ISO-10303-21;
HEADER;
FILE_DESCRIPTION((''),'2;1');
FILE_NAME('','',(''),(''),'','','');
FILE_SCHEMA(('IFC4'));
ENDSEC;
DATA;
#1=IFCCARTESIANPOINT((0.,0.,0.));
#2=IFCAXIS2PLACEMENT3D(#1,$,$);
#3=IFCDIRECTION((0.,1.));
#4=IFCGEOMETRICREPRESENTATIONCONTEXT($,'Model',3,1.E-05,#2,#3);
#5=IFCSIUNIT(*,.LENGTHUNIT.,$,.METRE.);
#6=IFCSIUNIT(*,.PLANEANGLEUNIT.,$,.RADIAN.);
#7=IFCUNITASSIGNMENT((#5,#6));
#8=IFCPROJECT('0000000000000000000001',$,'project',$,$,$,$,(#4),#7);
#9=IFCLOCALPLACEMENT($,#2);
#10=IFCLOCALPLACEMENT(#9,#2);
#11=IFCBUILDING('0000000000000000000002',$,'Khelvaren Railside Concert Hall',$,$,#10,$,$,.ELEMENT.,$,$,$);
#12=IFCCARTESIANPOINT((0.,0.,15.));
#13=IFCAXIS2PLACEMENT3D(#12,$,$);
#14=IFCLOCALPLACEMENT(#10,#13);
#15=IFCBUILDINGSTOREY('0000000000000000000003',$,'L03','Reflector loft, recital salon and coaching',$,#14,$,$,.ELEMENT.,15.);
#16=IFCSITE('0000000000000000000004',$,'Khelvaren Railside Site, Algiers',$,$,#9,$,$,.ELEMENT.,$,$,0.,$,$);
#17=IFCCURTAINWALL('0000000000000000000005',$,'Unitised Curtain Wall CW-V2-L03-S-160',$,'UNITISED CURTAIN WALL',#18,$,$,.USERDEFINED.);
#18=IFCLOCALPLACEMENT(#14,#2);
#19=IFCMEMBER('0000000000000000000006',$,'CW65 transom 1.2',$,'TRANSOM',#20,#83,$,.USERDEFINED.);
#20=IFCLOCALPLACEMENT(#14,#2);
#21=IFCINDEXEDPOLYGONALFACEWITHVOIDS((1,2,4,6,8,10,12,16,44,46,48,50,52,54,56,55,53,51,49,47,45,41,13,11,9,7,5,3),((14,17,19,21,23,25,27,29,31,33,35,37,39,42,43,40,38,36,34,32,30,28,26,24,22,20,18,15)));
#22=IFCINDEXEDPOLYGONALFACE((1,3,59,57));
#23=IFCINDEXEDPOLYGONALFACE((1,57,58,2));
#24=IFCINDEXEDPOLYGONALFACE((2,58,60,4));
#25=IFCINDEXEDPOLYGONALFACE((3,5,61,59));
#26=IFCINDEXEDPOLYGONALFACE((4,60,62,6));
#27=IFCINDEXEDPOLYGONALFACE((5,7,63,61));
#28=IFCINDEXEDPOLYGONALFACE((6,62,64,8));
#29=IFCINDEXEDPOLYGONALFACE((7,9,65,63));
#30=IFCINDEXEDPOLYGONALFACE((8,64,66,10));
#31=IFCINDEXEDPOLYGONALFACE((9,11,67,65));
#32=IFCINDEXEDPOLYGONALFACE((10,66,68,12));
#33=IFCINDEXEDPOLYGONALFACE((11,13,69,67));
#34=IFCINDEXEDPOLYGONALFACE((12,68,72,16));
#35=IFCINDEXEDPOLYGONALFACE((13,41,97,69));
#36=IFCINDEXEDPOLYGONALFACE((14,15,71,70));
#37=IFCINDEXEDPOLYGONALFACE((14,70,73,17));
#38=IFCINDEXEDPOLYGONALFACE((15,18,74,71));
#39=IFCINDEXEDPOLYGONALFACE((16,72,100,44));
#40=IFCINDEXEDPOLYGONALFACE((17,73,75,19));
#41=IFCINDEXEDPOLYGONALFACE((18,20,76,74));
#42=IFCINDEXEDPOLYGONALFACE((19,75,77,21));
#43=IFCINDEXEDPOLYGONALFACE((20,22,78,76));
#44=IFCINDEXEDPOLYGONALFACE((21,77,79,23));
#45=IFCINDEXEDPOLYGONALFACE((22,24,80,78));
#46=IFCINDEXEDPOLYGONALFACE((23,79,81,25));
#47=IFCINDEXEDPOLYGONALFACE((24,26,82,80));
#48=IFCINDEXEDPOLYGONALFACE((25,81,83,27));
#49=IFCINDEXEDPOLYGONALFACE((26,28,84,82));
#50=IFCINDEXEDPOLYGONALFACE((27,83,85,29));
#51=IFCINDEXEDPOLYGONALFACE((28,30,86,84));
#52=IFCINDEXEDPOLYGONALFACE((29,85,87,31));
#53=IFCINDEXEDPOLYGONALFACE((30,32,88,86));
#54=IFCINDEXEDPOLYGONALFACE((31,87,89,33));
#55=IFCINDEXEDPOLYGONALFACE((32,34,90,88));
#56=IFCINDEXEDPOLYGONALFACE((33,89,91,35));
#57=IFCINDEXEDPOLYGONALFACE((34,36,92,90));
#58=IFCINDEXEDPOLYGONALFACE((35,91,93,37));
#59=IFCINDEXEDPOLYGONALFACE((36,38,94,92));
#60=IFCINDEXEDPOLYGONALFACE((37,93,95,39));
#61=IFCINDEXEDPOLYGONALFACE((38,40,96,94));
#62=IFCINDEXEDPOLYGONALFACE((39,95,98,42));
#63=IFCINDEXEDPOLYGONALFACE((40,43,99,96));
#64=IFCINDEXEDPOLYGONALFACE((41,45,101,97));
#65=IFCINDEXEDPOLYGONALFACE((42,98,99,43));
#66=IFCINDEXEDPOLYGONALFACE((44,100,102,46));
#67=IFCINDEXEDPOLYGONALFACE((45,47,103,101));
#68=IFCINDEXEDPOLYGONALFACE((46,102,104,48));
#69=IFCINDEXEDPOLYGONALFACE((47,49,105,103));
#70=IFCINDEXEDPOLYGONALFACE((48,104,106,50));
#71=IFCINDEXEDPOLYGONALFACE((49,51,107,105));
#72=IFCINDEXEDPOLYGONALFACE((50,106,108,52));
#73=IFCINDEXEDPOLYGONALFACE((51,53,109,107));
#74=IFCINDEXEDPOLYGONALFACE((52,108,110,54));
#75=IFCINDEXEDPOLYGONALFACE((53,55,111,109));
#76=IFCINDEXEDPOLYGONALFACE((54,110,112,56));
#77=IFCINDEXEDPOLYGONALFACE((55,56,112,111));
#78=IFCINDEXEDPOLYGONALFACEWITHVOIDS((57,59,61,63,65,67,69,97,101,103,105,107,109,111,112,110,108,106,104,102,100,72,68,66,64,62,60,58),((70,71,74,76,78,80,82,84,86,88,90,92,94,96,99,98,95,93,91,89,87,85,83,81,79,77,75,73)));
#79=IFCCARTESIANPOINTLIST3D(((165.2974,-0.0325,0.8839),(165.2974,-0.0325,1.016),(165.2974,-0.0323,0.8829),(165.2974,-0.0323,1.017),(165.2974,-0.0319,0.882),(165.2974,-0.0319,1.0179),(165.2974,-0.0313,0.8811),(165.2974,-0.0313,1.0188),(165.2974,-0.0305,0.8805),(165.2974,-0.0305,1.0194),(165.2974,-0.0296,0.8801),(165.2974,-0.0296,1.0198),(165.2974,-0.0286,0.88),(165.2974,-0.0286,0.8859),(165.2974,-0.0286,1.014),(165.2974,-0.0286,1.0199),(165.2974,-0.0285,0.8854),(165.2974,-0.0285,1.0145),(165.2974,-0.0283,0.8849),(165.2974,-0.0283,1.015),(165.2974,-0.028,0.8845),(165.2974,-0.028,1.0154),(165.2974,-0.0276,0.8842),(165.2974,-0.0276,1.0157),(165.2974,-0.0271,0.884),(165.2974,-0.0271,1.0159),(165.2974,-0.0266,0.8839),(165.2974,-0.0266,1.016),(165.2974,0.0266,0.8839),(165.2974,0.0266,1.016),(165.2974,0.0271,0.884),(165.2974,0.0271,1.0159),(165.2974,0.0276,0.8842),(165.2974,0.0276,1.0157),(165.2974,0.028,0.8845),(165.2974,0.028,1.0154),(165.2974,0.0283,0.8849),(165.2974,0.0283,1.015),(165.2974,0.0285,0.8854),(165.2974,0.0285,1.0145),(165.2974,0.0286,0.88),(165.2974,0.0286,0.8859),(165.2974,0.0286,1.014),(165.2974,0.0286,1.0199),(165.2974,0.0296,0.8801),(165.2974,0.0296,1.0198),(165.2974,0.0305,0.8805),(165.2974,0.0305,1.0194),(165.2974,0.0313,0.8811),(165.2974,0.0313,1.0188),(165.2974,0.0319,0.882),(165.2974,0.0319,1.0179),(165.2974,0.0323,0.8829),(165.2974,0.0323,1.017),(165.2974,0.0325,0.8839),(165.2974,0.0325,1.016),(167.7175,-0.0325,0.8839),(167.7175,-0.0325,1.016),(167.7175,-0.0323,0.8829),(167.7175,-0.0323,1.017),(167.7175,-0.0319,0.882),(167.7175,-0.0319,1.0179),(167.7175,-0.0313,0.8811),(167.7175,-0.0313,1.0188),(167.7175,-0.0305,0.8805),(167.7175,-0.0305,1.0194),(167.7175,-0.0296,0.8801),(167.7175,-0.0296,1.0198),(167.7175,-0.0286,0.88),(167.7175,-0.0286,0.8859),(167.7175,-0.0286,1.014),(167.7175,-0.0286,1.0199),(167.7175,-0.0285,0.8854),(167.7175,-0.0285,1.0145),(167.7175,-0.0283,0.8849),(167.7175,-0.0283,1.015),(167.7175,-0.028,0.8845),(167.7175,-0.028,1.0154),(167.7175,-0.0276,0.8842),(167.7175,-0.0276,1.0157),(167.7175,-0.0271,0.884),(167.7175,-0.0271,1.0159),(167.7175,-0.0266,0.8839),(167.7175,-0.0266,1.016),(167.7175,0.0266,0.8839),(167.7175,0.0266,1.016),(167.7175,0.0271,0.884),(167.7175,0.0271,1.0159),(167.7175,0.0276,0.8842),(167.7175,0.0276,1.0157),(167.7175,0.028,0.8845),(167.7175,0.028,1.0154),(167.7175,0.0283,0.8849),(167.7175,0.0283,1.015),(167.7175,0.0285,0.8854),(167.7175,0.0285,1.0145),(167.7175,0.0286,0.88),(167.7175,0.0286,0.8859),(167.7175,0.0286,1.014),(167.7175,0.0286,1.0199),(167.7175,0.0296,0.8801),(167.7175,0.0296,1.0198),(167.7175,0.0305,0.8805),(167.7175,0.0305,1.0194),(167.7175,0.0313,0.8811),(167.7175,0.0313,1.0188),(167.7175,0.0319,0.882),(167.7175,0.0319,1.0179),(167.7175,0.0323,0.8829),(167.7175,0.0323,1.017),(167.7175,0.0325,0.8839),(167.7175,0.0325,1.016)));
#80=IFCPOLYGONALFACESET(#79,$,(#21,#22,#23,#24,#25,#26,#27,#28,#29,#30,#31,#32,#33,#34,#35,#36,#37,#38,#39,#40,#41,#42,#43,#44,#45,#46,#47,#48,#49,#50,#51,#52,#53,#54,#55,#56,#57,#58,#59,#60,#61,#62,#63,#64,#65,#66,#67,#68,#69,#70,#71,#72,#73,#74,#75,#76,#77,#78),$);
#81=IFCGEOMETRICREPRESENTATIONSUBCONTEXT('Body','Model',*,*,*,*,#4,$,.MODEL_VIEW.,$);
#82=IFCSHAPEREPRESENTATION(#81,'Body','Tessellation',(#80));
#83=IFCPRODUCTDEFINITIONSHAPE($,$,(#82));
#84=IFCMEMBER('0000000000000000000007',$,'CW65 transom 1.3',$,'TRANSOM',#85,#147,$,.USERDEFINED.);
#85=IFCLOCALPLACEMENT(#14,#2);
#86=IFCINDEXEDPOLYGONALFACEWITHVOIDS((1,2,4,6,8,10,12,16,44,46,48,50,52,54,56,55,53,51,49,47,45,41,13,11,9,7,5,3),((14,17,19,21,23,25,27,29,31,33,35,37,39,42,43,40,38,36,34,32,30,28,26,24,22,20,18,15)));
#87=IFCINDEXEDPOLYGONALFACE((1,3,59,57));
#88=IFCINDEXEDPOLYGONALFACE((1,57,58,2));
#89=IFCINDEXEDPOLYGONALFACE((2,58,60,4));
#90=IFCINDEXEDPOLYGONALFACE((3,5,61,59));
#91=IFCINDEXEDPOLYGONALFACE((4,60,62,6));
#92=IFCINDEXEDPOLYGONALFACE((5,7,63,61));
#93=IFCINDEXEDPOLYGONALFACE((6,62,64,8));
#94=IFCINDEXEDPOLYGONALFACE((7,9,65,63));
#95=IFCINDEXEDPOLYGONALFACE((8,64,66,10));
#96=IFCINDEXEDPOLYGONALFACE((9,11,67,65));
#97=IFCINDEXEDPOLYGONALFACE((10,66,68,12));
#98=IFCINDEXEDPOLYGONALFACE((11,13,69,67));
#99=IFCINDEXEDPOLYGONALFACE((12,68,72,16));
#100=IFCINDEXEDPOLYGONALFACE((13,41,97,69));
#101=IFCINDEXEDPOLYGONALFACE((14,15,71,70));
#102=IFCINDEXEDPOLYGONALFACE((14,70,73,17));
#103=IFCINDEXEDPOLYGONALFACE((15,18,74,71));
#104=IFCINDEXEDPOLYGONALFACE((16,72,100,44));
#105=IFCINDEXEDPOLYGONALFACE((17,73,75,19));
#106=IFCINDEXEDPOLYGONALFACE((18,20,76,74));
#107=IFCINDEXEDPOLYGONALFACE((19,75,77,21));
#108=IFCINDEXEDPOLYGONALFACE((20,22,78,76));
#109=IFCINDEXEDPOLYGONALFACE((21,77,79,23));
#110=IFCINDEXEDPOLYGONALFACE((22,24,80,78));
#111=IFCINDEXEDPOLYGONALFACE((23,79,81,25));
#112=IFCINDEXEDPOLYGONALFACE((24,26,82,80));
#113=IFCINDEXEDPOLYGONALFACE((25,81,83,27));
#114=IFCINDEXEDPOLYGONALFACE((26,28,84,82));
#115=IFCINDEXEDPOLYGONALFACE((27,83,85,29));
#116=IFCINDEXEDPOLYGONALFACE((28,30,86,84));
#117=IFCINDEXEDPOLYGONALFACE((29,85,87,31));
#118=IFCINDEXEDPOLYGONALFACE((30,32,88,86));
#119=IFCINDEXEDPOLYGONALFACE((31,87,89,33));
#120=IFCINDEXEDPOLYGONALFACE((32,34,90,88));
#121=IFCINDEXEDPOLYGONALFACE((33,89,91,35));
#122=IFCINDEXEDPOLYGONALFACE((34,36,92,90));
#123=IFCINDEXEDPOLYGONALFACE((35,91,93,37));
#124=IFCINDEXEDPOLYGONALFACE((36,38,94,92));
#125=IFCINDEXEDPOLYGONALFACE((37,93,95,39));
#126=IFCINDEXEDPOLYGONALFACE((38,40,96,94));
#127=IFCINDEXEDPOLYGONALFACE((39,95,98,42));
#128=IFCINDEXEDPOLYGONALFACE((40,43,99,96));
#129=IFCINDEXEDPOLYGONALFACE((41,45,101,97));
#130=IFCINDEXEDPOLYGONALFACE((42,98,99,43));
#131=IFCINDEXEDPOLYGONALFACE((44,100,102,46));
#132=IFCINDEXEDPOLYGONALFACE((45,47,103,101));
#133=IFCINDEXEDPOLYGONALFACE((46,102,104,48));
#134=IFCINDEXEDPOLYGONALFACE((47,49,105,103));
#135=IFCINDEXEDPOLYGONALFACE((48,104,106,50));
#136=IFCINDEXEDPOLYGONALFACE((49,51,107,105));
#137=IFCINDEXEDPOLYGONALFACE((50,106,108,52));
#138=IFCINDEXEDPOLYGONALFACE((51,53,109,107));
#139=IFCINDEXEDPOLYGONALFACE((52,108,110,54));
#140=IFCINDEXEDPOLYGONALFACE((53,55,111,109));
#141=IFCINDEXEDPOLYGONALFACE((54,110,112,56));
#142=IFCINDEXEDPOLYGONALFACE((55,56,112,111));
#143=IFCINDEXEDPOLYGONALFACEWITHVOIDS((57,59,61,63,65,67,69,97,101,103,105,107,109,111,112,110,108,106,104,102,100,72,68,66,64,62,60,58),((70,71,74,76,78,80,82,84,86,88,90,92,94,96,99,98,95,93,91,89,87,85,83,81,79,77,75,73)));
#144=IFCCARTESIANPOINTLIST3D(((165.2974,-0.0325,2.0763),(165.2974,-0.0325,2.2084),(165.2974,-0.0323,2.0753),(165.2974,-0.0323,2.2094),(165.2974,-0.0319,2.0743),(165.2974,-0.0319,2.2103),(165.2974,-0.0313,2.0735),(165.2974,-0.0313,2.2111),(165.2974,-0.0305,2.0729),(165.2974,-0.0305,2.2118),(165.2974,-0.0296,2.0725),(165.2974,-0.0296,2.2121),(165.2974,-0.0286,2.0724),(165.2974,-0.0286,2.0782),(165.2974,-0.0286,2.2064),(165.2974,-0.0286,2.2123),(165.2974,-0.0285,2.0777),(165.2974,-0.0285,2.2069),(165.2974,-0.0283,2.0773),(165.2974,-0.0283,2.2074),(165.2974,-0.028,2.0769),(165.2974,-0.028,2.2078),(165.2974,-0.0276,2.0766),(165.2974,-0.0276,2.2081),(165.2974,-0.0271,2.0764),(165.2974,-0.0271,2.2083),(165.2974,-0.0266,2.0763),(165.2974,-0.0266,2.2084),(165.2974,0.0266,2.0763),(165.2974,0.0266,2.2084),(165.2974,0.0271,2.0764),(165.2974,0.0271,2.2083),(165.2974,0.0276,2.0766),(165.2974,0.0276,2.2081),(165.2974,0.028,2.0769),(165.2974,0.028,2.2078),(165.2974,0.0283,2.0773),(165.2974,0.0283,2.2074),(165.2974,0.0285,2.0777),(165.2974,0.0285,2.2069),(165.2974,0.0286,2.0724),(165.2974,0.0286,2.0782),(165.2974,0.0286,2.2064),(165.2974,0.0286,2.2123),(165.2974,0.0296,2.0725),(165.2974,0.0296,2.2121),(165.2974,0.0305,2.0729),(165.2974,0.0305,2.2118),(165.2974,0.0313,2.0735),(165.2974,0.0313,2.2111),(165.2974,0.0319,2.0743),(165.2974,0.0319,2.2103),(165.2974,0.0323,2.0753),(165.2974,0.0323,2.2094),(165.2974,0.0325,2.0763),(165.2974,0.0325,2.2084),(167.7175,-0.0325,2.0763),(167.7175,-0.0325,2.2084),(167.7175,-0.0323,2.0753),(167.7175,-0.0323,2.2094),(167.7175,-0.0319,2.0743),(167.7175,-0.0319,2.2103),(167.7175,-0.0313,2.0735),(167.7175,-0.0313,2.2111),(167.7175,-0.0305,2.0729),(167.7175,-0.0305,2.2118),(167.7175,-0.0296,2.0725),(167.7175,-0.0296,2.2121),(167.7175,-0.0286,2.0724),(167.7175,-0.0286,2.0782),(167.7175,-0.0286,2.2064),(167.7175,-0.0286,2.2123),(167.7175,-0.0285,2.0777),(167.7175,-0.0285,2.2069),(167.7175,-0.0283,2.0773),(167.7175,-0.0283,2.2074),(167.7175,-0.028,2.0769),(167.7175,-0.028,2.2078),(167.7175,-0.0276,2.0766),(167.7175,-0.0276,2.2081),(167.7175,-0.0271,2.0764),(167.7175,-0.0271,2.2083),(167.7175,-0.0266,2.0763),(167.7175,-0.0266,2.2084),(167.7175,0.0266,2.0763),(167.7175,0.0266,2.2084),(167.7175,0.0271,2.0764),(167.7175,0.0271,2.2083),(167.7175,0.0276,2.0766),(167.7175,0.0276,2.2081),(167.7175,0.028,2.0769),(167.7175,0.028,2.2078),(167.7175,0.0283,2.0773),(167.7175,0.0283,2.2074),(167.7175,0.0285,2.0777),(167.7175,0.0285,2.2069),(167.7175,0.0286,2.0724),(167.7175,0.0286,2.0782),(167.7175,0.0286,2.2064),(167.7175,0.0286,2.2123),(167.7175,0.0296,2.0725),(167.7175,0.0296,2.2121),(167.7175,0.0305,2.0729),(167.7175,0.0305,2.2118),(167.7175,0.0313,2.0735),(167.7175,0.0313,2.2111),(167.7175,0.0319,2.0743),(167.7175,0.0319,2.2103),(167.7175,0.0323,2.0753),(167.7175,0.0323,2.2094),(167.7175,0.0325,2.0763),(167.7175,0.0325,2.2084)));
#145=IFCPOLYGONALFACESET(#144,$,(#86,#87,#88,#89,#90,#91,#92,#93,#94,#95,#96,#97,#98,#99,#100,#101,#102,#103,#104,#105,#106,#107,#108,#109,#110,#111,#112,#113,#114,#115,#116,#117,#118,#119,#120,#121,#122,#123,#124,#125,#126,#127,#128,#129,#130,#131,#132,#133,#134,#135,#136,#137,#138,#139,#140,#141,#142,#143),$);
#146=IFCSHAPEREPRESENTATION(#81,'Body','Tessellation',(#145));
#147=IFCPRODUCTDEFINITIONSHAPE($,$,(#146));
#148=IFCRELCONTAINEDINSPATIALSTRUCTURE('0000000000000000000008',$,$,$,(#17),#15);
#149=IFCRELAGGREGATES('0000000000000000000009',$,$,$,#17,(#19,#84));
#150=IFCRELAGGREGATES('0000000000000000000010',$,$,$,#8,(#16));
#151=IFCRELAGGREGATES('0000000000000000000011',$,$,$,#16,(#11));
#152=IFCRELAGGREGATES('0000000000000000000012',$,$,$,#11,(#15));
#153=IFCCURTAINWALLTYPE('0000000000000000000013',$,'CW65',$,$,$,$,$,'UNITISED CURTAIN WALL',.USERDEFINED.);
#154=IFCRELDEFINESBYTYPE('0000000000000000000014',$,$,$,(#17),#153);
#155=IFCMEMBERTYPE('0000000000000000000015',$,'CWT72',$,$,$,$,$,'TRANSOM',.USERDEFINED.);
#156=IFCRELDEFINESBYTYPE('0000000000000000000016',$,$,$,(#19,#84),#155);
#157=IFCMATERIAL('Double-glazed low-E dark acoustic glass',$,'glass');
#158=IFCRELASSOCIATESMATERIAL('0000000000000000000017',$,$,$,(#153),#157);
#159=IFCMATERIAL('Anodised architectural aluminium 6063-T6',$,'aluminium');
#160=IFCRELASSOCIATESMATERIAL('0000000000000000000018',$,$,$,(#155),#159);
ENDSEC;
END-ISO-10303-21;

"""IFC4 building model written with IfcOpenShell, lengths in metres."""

from ifc_helpers import new_model, si_unit, direction, frame, origin, origin_2d, place, context, subcontext, project, spatial, hollow_rectangle, extrude, material, material_profile, profile_set, type_object, element, aggregate, save


model = new_model("IFC4")

# Units and contexts
model_context = context("Model", 3, precision=1e-05, world=origin(), true_north=direction((0.0, 1.0)))
body_context = subcontext(model_context, "Body", "Model", "MODEL_VIEW")
ifc_project = project(units=[si_unit("LENGTHUNIT", "METRE"), si_unit("PLANEANGLEUNIT", "RADIAN")], contexts=[model_context])

# Site, building, storey
site_placement = place(None, origin())
site = spatial("IfcSite", under=ifc_project, at=site_placement, Name="Khelvaren Railside Site, Algiers", CompositionType="ELEMENT", RefElevation=0.0)
building_placement = place(site_placement, origin())
building = spatial("IfcBuilding", under=site, at=building_placement, Name="Khelvaren Railside Concert Hall", CompositionType="ELEMENT")
storey_placement = place(building_placement, frame((0.0, 0.0, 15.0)))
storey = spatial("IfcBuildingStorey", under=building, at=storey_placement, Name="L03", Description="Reflector loft, recital salon and coaching", CompositionType="ELEMENT", Elevation=15.0)

# Curtain wall
ifc_material_1 = material(Name="Double-glazed low-E dark acoustic glass", Category="glass")
curtain_wall_type_1 = type_object("IfcCurtainWallType", Name="CW65", ElementType="UNITISED CURTAIN WALL", PredefinedType="USERDEFINED", material=ifc_material_1)
curtain_wall_1_placement = place(storey_placement, origin())
curtain_wall_1 = element("IfcCurtainWall", 1, at=curtain_wall_1_placement, inside=storey, type_object=curtain_wall_type_1, Name="Unitised Curtain Wall CW-V2-L03-S-160", ObjectType="UNITISED CURTAIN WALL", PredefinedType="USERDEFINED")
ifc_material_2 = material(Name="Anodised architectural aluminium 6063-T6", Category="aluminium")

# Members
ifc_material_profile_1 = material_profile(ifc_material_2, hollow_rectangle(XDim=0.0649, YDim=0.1399, WallThickness=0.0039, InnerFilletRadius=0.002, OuterFilletRadius=0.0039, at=origin_2d()), Name="CWT 65x140x4")
ifc_profile_set_1 = profile_set([ifc_material_profile_1], Name="Anodised architectural aluminium 6063-T6")
member_type_1 = type_object("IfcMemberType", Name="CWT72", ElementType="TRANSOM", PredefinedType="USERDEFINED", material=ifc_profile_set_1)
member_1_placement = place(storey_placement, frame((167.7175, 0.0, 0.95), z_axis=(-1.0, 0.0, 0.0), x_axis=(0.0, -1.0, 0.0)))
member_1 = element("IfcMember", 2, at=member_1_placement, type_object=member_type_1, Name="CW65 transom 1.2", ObjectType="TRANSOM", PredefinedType="USERDEFINED", context=body_context, shape_type="SweptSolid", body=[
    extrude(hollow_rectangle(XDim=0.0649, YDim=0.1399, WallThickness=0.0039, InnerFilletRadius=0.002, OuterFilletRadius=0.0039, at=origin_2d()), origin(), (0.0, 0.0, 1.0), 2.4202),
])
member_2_placement = place(storey_placement, frame((167.7175, 0.0, 2.1423), z_axis=(-1.0, 0.0, 0.0), x_axis=(0.0, -1.0, 0.0)))
member_2 = element("IfcMember", 3, at=member_2_placement, type_object=member_type_1, Name="CW65 transom 1.3", ObjectType="TRANSOM", PredefinedType="USERDEFINED", context=body_context, shape_type="SweptSolid", body=[
    extrude(hollow_rectangle(XDim=0.0649, YDim=0.1399, WallThickness=0.0039, InnerFilletRadius=0.002, OuterFilletRadius=0.0039, at=origin_2d()), origin(), (0.0, 0.0, 1.0), 2.4202),
])
aggregate(curtain_wall_1, [member_1, member_2])

save(model, "model.ifc")
